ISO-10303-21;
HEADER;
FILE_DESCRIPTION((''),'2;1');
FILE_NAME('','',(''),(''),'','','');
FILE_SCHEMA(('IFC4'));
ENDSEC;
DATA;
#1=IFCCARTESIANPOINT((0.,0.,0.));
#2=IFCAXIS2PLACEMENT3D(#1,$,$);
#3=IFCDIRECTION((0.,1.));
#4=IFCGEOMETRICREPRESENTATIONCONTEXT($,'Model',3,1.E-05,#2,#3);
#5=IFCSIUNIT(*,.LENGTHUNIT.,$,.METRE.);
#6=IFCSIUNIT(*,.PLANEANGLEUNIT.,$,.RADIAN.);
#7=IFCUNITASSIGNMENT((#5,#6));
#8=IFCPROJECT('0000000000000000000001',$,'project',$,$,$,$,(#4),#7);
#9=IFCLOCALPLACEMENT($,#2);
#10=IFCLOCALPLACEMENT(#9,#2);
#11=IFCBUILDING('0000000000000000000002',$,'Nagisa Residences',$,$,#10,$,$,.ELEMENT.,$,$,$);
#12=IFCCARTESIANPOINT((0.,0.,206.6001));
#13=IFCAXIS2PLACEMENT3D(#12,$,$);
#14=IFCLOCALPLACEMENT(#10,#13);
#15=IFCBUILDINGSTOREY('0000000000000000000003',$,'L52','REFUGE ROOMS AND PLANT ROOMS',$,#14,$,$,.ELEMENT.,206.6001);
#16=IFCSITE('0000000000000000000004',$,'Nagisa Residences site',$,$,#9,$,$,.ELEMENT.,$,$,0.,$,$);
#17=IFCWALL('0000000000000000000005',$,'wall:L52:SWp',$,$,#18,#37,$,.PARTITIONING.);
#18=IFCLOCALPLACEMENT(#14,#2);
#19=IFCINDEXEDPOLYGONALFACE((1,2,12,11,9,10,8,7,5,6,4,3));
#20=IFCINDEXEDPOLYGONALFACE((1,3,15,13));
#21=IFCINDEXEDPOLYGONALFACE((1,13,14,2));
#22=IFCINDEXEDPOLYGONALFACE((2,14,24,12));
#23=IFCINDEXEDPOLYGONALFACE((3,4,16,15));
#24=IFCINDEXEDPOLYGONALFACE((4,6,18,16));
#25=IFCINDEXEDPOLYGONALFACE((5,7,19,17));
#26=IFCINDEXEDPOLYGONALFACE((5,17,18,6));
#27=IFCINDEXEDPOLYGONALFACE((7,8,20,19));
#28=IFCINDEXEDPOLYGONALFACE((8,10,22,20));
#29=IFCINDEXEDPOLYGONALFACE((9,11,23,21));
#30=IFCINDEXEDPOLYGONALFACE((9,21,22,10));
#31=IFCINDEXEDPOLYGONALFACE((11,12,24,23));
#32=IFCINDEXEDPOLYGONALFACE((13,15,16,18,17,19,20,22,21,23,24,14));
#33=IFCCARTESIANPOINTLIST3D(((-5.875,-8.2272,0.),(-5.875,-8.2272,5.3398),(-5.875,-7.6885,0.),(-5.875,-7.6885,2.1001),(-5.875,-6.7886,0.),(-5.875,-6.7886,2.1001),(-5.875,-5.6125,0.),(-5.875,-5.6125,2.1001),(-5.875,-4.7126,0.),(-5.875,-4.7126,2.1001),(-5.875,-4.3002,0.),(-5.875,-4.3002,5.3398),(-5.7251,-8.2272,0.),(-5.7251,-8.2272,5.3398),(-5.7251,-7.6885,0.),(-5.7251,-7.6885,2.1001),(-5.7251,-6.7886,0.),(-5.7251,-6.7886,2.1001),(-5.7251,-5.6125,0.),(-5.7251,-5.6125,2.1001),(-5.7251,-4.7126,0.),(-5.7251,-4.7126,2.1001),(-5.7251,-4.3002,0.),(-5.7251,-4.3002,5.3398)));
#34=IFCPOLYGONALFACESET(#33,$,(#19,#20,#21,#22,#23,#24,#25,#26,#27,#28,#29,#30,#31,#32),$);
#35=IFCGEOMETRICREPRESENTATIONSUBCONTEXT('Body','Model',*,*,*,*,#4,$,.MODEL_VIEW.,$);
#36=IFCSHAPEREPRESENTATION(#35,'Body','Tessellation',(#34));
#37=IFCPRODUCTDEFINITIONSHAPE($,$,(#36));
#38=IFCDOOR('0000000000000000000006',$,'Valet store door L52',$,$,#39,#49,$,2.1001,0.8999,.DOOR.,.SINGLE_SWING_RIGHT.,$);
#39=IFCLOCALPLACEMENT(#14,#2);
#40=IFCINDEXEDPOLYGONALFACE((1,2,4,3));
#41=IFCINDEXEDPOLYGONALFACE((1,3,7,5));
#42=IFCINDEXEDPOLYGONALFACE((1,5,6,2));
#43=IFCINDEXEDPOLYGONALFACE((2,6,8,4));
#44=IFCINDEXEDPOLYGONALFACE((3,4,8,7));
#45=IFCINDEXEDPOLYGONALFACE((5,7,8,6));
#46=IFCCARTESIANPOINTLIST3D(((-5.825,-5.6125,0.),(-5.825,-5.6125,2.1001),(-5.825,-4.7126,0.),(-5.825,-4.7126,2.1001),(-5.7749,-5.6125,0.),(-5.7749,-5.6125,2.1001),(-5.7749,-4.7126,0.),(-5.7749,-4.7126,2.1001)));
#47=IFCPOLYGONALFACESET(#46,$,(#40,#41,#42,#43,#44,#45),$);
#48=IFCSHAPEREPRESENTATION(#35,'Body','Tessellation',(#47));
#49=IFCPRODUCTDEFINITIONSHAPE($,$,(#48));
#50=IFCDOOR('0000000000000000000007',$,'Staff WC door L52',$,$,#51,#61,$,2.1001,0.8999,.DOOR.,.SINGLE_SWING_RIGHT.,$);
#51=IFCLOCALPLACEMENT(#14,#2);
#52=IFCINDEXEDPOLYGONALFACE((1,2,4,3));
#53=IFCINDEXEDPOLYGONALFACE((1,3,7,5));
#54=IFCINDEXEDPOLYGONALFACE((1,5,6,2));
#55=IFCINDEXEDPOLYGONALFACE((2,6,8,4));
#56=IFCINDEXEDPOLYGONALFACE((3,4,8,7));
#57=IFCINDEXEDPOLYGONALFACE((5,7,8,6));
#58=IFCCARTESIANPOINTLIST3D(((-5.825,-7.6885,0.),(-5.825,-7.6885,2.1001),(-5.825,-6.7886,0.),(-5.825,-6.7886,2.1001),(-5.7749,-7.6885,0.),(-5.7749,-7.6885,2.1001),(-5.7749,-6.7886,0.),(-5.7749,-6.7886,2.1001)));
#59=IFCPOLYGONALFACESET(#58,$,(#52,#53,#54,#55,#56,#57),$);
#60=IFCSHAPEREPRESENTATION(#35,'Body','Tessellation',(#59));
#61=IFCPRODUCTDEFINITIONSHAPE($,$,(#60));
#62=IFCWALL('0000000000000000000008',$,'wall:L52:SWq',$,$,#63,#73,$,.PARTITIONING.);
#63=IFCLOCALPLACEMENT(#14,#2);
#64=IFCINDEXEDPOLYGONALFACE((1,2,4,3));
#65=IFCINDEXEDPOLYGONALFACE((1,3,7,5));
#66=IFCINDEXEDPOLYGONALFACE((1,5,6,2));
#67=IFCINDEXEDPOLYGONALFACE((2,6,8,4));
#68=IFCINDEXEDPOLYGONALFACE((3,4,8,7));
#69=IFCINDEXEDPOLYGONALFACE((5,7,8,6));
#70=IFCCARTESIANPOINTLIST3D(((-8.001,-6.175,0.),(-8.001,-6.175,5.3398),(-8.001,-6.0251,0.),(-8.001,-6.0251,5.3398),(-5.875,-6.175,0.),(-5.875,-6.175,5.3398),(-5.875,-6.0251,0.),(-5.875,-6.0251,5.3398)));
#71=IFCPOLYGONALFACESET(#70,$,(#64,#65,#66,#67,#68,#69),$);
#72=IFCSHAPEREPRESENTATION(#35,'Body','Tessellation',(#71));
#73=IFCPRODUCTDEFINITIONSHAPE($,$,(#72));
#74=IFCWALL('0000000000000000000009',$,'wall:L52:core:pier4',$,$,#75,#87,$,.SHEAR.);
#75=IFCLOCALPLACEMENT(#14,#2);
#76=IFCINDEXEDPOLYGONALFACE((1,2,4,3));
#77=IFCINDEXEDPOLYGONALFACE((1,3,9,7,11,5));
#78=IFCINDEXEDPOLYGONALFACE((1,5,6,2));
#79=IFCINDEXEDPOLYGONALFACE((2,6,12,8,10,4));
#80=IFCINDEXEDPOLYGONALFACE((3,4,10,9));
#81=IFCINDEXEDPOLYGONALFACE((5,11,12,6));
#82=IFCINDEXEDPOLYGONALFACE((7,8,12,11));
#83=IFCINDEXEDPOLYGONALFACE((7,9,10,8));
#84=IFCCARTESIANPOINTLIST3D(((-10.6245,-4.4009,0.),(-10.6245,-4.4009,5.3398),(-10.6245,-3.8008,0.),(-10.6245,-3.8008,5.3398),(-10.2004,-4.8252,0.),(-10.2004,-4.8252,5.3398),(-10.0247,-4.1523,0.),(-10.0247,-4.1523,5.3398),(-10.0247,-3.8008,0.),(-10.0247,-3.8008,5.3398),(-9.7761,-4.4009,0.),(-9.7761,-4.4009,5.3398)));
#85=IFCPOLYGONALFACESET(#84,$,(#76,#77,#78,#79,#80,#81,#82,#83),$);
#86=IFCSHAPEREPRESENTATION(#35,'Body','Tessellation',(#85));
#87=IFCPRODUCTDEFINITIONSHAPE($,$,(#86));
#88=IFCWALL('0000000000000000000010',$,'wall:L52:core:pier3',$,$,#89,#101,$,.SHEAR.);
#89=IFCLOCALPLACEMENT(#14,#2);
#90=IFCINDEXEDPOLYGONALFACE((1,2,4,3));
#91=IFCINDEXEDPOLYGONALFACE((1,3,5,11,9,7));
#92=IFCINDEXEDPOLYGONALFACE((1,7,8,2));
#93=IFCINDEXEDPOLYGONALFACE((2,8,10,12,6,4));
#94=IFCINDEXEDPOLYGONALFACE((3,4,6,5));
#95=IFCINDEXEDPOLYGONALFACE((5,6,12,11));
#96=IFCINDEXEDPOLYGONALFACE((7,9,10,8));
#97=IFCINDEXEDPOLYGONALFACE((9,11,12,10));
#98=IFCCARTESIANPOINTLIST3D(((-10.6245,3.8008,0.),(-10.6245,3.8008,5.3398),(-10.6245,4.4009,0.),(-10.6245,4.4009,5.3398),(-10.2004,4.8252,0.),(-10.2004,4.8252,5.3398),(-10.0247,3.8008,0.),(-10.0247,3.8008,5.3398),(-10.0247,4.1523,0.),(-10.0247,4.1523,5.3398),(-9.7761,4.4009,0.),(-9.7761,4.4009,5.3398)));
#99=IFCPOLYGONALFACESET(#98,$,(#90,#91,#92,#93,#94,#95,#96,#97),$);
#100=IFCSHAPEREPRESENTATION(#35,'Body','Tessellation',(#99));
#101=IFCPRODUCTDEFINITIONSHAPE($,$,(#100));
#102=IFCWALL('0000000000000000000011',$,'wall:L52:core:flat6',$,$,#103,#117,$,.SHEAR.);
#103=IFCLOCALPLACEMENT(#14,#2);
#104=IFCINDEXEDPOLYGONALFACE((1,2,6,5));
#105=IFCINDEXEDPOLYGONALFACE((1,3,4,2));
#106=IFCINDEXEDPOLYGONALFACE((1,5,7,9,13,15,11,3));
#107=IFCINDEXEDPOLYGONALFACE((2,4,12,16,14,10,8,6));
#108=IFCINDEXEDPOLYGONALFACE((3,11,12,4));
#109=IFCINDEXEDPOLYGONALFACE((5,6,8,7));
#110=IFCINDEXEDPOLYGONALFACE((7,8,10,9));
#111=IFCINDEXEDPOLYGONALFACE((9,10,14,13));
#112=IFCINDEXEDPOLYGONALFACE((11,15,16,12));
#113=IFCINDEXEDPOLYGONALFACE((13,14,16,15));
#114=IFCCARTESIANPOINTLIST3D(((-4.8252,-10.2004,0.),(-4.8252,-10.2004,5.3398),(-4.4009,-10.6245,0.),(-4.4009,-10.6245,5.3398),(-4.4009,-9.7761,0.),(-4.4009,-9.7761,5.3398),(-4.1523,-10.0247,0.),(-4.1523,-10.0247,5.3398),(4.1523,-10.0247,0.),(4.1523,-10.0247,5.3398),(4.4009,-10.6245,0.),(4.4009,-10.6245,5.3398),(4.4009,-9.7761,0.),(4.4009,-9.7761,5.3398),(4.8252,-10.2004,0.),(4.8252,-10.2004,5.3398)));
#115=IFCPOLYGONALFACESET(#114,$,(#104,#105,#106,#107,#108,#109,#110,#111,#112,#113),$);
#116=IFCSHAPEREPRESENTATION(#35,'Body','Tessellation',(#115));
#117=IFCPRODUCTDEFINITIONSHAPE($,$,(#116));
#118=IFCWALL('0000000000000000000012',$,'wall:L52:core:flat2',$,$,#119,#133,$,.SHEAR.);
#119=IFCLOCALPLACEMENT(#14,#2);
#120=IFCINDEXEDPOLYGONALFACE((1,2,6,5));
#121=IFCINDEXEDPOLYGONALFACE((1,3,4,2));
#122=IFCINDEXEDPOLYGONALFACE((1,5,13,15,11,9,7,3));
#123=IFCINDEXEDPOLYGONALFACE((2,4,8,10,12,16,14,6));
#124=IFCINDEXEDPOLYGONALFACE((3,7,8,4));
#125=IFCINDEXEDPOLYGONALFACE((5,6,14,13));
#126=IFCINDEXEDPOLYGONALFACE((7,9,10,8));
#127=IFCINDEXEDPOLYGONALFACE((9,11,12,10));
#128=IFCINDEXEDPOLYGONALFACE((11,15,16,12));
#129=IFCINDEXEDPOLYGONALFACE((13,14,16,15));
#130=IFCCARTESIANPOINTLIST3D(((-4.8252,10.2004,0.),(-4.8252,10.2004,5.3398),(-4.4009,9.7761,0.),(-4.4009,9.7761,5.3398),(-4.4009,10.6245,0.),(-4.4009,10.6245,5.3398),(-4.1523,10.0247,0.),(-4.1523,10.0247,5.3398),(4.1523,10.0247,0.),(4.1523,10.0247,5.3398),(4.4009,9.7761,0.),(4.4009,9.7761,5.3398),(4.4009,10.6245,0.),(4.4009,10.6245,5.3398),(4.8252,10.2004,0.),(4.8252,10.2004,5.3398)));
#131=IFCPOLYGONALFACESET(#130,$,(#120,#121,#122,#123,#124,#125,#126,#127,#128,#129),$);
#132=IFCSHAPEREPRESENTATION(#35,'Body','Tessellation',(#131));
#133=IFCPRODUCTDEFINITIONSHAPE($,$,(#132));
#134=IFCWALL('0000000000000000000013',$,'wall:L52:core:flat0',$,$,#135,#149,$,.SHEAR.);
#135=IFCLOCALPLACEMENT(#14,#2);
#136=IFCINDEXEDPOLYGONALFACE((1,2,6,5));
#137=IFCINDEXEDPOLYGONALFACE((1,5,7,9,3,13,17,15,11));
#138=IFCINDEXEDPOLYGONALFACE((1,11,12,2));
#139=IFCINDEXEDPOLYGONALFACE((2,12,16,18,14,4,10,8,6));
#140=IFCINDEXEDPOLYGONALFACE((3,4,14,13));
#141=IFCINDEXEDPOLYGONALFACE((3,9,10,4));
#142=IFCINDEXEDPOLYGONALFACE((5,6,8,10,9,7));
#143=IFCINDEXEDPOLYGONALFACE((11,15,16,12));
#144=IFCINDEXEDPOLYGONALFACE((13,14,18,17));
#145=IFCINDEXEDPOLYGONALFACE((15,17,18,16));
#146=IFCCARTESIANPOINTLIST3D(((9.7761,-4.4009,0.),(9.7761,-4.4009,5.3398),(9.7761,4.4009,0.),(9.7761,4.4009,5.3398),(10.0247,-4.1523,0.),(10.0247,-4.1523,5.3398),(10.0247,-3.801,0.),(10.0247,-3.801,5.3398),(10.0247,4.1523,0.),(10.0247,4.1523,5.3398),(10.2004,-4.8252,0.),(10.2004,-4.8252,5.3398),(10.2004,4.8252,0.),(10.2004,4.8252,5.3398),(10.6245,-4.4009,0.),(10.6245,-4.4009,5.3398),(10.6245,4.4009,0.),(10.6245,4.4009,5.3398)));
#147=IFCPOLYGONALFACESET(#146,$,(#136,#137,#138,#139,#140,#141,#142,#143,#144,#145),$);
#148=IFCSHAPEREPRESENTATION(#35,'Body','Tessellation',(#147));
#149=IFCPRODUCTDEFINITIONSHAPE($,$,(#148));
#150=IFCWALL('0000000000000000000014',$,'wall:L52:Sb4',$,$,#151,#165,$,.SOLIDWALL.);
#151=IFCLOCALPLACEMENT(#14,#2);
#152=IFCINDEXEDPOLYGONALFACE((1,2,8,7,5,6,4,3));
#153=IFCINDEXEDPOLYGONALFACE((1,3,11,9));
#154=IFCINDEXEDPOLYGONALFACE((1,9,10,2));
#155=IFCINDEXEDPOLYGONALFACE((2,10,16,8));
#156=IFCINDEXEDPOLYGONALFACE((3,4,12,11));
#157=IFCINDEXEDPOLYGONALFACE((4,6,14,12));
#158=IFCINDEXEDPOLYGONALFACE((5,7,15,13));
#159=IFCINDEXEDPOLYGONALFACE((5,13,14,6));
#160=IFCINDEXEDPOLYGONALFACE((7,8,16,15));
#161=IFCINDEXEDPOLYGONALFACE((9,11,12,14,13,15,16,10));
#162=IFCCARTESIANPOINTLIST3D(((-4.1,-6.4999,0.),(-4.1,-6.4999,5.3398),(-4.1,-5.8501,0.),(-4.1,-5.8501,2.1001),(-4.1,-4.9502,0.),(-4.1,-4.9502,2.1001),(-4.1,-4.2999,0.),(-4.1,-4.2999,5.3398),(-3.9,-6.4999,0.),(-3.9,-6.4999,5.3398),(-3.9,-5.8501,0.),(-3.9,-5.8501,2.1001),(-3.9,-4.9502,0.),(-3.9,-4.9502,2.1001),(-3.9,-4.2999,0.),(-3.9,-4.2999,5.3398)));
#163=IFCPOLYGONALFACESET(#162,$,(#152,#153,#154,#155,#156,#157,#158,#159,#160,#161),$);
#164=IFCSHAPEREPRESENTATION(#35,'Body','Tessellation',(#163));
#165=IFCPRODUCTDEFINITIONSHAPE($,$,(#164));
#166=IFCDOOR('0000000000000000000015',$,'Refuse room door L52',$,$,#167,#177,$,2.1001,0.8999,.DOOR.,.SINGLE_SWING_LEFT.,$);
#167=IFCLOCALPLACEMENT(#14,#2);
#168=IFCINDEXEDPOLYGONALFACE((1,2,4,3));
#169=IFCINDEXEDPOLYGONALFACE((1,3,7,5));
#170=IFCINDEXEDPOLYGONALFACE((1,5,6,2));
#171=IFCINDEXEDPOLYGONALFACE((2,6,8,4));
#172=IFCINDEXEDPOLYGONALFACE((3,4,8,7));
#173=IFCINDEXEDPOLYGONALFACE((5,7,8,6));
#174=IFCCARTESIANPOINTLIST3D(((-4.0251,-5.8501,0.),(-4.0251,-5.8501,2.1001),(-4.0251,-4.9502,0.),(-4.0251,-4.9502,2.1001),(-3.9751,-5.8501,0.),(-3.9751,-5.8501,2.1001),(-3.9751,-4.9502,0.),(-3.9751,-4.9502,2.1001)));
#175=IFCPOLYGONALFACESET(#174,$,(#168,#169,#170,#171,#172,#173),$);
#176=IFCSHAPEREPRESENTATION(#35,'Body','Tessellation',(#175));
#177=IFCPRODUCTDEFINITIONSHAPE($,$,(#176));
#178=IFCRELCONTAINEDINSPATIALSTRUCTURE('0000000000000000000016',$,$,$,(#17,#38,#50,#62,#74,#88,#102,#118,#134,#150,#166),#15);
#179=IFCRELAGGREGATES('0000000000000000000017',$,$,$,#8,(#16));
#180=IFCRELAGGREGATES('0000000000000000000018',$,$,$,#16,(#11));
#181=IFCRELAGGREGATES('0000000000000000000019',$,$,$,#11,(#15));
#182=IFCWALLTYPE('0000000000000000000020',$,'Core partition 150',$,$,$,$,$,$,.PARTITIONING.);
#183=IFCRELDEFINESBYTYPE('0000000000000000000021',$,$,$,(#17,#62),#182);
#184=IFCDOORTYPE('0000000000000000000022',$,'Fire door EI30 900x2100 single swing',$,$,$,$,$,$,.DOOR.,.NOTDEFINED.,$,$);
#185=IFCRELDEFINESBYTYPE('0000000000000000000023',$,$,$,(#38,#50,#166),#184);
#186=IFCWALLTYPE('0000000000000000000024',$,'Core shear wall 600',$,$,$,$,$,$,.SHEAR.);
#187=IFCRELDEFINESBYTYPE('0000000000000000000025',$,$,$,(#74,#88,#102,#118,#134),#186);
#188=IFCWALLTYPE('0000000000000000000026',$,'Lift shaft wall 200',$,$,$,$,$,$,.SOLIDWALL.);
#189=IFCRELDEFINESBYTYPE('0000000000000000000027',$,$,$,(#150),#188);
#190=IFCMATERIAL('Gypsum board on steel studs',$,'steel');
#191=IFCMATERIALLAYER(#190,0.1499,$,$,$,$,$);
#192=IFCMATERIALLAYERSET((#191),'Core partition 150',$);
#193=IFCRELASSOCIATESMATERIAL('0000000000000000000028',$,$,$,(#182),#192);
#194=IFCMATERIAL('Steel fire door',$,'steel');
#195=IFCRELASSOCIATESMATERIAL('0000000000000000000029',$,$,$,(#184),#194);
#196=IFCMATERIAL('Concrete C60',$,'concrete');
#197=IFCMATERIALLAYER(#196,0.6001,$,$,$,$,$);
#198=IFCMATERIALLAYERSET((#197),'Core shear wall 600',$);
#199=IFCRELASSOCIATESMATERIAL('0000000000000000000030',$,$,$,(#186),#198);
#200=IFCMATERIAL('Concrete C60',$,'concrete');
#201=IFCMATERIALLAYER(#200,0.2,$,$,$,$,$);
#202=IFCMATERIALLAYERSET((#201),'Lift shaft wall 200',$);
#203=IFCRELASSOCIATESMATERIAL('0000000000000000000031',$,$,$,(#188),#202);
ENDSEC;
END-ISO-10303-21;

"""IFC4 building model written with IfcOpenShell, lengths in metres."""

from ifc_helpers import new_model, si_unit, direction, frame, frame_2d, origin, place, context, subcontext, project, spatial, polyline, rectangle, outline, extrude, material, layer, layer_set, type_object, element, fill, save


model = new_model("IFC4")

# Units and contexts
model_context = context("Model", 3, precision=1e-05, world=origin(), true_north=direction((0.0, 1.0)))
body_context = subcontext(model_context, "Body", "Model", "MODEL_VIEW")
ifc_project = project(units=[si_unit("LENGTHUNIT", "METRE"), si_unit("PLANEANGLEUNIT", "RADIAN")], contexts=[model_context])

# Site, building, storey
site_placement = place(None, origin())
site = spatial("IfcSite", under=ifc_project, at=site_placement, Name="Nagisa Residences site", CompositionType="ELEMENT", RefElevation=0.0)
building_placement = place(site_placement, origin())
building = spatial("IfcBuilding", under=site, at=building_placement, Name="Nagisa Residences", CompositionType="ELEMENT")
storey_placement = place(building_placement, frame((0.0, 0.0, 206.6001)))
storey = spatial("IfcBuildingStorey", under=building, at=storey_placement, Name="L52", Description="REFUGE ROOMS AND PLANT ROOMS", CompositionType="ELEMENT", Elevation=206.6001)

# Wall, openings, doors
ifc_material_1 = material(Name="Gypsum board on steel studs", Category="steel")
ifc_layer_1 = layer(ifc_material_1, 0.1499)
ifc_layer_set_1 = layer_set([ifc_layer_1], Name="Core partition 150")
wall_type_1 = type_object("IfcWallType", Name="Core partition 150", PredefinedType="PARTITIONING", material=ifc_layer_set_1)
wall_1_placement = place(storey_placement, frame((-5.8, -8.2271, 0.0), z_axis=(0.0, 0.0, 1.0), x_axis=(0.0, 1.0, 0.0)))
wall_1 = element("IfcWall", 1, at=wall_1_placement, inside=storey, type_object=wall_type_1, Name="wall:L52:SWp", PredefinedType="PARTITIONING", context=body_context, shape_type="SweptSolid", body=[
    extrude(rectangle(XDim=3.927, YDim=0.1499, at=frame_2d((1.9634, 0.0))), origin(), (0.0, 0.0, 1.0), 5.3398),
])
opening_1_placement = place(wall_1_placement, frame((2.6145, 0.0, 0.0)))
opening_1 = element("IfcOpeningElement", 2, at=opening_1_placement, cuts=wall_1, PredefinedType="OPENING", context=body_context, shape_type="SweptSolid", body=[
    extrude(rectangle(XDim=0.8999, YDim=2.1001, at=frame_2d((0.45, 1.05))), frame((0.0, 0.085, 0.0), z_axis=(0.0, -1.0, 0.0), x_axis=(1.0, 0.0, 0.0)), (0.0, 0.0, 1.0), 0.1699),
])
opening_2_placement = place(wall_1_placement, frame((0.5386, 0.0, 0.0)))
opening_2 = element("IfcOpeningElement", 3, at=opening_2_placement, cuts=wall_1, PredefinedType="OPENING", context=body_context, shape_type="SweptSolid", body=[
    extrude(rectangle(XDim=0.8999, YDim=2.1001, at=frame_2d((0.45, 1.05))), frame((0.0, 0.085, 0.0), z_axis=(0.0, -1.0, 0.0), x_axis=(1.0, 0.0, 0.0)), (0.0, 0.0, 1.0), 0.1699),
])
ifc_material_2 = material(Name="Steel fire door", Category="steel")
door_type_1 = type_object("IfcDoorType", Name="Fire door EI30 900x2100 single swing", OperationType="NOTDEFINED", PredefinedType="DOOR", material=ifc_material_2)
door_1_placement = place(opening_1_placement, origin())
door_1 = element("IfcDoor", 4, at=door_1_placement, inside=storey, type_object=door_type_1, Name="Valet store door L52", OperationType="SINGLE_SWING_RIGHT", OverallHeight=2.1001, OverallWidth=0.8999, PredefinedType="DOOR", context=body_context, shape_type="SweptSolid", body=[
    extrude(rectangle(XDim=0.8999, YDim=2.1001, at=frame_2d((0.45, 1.05))), frame((0.0, 0.0249, 0.0), z_axis=(0.0, -1.0, 0.0), x_axis=(1.0, 0.0, 0.0)), (0.0, 0.0, 1.0), 0.05),
])
fill(opening_1, door_1)
door_2_placement = place(opening_2_placement, origin())
door_2 = element("IfcDoor", 5, at=door_2_placement, inside=storey, type_object=door_type_1, Name="Staff WC door L52", OperationType="SINGLE_SWING_RIGHT", OverallHeight=2.1001, OverallWidth=0.8999, PredefinedType="DOOR", context=body_context, shape_type="SweptSolid", body=[
    extrude(rectangle(XDim=0.8999, YDim=2.1001, at=frame_2d((0.45, 1.05))), frame((0.0, 0.0249, 0.0), z_axis=(0.0, -1.0, 0.0), x_axis=(1.0, 0.0, 0.0)), (0.0, 0.0, 1.0), 0.05),
])
fill(opening_2, door_2)

# Walls
wall_2_placement = place(storey_placement, frame((-8.001, -6.1001, 0.0), z_axis=(0.0, 0.0, 1.0), x_axis=(1.0, 0.0, 0.0)))
element("IfcWall", 6, at=wall_2_placement, inside=storey, type_object=wall_type_1, Name="wall:L52:SWq", PredefinedType="PARTITIONING", context=body_context, shape_type="SweptSolid", body=[
    extrude(rectangle(XDim=2.126, YDim=0.1499, at=frame_2d((1.063, 0.0))), origin(), (0.0, 0.0, 1.0), 5.3398),
])
ifc_material_3 = material(Name="Concrete C60", Category="concrete")
ifc_layer_2 = layer(ifc_material_3, 0.6001)
ifc_layer_set_2 = layer_set([ifc_layer_2], Name="Core shear wall 600")
wall_type_2 = type_object("IfcWallType", Name="Core shear wall 600", PredefinedType="SHEAR", material=ifc_layer_set_2)
wall_3_placement = place(storey_placement, origin())
element("IfcWall", 7, at=wall_3_placement, inside=storey, type_object=wall_type_2, Name="wall:L52:core:pier4", PredefinedType="SHEAR", context=body_context, shape_type="SweptSolid", body=[
    extrude(outline(polyline([(-10.6245, -3.8008), (-10.0247, -3.8008), (-10.0247, -4.1523), (-9.7761, -4.4009), (-10.2004, -4.8252), (-10.6245, -4.4009), (-10.6245, -3.8008)])), origin(), (0.0, 0.0, 1.0), 5.3398),
])
wall_4_placement = place(storey_placement, origin())
element("IfcWall", 8, at=wall_4_placement, inside=storey, type_object=wall_type_2, Name="wall:L52:core:pier3", PredefinedType="SHEAR", context=body_context, shape_type="SweptSolid", body=[
    extrude(outline(polyline([(-10.2004, 4.8252), (-9.7761, 4.4009), (-10.0247, 4.1523), (-10.0247, 3.8008), (-10.6245, 3.8008), (-10.6245, 4.4009), (-10.2004, 4.8252)])), origin(), (0.0, 0.0, 1.0), 5.3398),
])
wall_5_placement = place(storey_placement, origin())
element("IfcWall", 9, at=wall_5_placement, inside=storey, type_object=wall_type_2, Name="wall:L52:core:flat6", PredefinedType="SHEAR", context=body_context, shape_type="SweptSolid", body=[
    extrude(outline(polyline([(-4.1523, -10.0247), (4.1523, -10.0247), (4.4009, -9.7761), (4.8252, -10.2004), (4.4009, -10.6245), (-4.4009, -10.6245), (-4.8252, -10.2004), (-4.4009, -9.7761), (-4.1523, -10.0247)])), origin(), (0.0, 0.0, 1.0), 5.3398),
])
wall_6_placement = place(storey_placement, origin())
element("IfcWall", 10, at=wall_6_placement, inside=storey, type_object=wall_type_2, Name="wall:L52:core:flat2", PredefinedType="SHEAR", context=body_context, shape_type="SweptSolid", body=[
    extrude(outline(polyline([(-4.1523, 10.0247), (-4.4009, 9.7761), (-4.8252, 10.2004), (-4.4009, 10.6245), (4.4009, 10.6245), (4.8252, 10.2004), (4.4009, 9.7761), (4.1523, 10.0247), (-4.1523, 10.0247)])), origin(), (0.0, 0.0, 1.0), 5.3398),
])
wall_7_placement = place(storey_placement, origin())
element("IfcWall", 11, at=wall_7_placement, inside=storey, type_object=wall_type_2, Name="wall:L52:core:flat0", PredefinedType="SHEAR", context=body_context, shape_type="SweptSolid", body=[
    extrude(outline(polyline([(9.7761, -4.4009), (10.0247, -4.1523), (10.0247, -3.801), (10.0247, 4.1523), (9.7761, 4.4009), (10.2004, 4.8252), (10.6245, 4.4009), (10.6245, -4.4009), (10.2004, -4.8252), (9.7761, -4.4009)])), origin(), (0.0, 0.0, 1.0), 5.3398),
])

# Wall, opening, door
ifc_material_4 = material(Name="Concrete C60", Category="concrete")
ifc_layer_3 = layer(ifc_material_4, 0.2)
ifc_layer_set_3 = layer_set([ifc_layer_3], Name="Lift shaft wall 200")
wall_type_3 = type_object("IfcWallType", Name="Lift shaft wall 200", PredefinedType="SOLIDWALL", material=ifc_layer_set_3)
wall_8_placement = place(storey_placement, frame((-4.0, -6.5, 0.0), z_axis=(0.0, 0.0, 1.0), x_axis=(0.0, 1.0, 0.0)))
wall_8 = element("IfcWall", 12, at=wall_8_placement, inside=storey, type_object=wall_type_3, Name="wall:L52:Sb4", PredefinedType="SOLIDWALL", context=body_context, shape_type="SweptSolid", body=[
    extrude(rectangle(XDim=2.2, YDim=0.2, at=frame_2d((1.1001, 0.0))), origin(), (0.0, 0.0, 1.0), 5.3398),
])
opening_3_placement = place(wall_8_placement, frame((0.6499, 0.0, 0.0)))
opening_3 = element("IfcOpeningElement", 13, at=opening_3_placement, cuts=wall_8, PredefinedType="OPENING", context=body_context, shape_type="SweptSolid", body=[
    extrude(rectangle(XDim=0.8999, YDim=2.1001, at=frame_2d((0.45, 1.05))), frame((0.0, 0.1099, 0.0), z_axis=(0.0, -1.0, 0.0), x_axis=(1.0, 0.0, 0.0)), (0.0, 0.0, 1.0), 0.22),
])
door_3_placement = place(opening_3_placement, frame((0.8999, 0.0, 0.0), x_axis=(-1.0, 0.0, 0.0)))
door_3 = element("IfcDoor", 14, at=door_3_placement, inside=storey, type_object=door_type_1, Name="Refuse room door L52", OperationType="SINGLE_SWING_LEFT", OverallHeight=2.1001, OverallWidth=0.8999, PredefinedType="DOOR", context=body_context, shape_type="SweptSolid", body=[
    extrude(rectangle(XDim=0.8999, YDim=2.1001, at=frame_2d((0.45, 1.05))), frame((0.0, 0.0249, 0.0), z_axis=(0.0, -1.0, 0.0), x_axis=(1.0, 0.0, 0.0)), (0.0, 0.0, 1.0), 0.05),
])
fill(opening_3, door_3)

save(model, "model.ifc")
